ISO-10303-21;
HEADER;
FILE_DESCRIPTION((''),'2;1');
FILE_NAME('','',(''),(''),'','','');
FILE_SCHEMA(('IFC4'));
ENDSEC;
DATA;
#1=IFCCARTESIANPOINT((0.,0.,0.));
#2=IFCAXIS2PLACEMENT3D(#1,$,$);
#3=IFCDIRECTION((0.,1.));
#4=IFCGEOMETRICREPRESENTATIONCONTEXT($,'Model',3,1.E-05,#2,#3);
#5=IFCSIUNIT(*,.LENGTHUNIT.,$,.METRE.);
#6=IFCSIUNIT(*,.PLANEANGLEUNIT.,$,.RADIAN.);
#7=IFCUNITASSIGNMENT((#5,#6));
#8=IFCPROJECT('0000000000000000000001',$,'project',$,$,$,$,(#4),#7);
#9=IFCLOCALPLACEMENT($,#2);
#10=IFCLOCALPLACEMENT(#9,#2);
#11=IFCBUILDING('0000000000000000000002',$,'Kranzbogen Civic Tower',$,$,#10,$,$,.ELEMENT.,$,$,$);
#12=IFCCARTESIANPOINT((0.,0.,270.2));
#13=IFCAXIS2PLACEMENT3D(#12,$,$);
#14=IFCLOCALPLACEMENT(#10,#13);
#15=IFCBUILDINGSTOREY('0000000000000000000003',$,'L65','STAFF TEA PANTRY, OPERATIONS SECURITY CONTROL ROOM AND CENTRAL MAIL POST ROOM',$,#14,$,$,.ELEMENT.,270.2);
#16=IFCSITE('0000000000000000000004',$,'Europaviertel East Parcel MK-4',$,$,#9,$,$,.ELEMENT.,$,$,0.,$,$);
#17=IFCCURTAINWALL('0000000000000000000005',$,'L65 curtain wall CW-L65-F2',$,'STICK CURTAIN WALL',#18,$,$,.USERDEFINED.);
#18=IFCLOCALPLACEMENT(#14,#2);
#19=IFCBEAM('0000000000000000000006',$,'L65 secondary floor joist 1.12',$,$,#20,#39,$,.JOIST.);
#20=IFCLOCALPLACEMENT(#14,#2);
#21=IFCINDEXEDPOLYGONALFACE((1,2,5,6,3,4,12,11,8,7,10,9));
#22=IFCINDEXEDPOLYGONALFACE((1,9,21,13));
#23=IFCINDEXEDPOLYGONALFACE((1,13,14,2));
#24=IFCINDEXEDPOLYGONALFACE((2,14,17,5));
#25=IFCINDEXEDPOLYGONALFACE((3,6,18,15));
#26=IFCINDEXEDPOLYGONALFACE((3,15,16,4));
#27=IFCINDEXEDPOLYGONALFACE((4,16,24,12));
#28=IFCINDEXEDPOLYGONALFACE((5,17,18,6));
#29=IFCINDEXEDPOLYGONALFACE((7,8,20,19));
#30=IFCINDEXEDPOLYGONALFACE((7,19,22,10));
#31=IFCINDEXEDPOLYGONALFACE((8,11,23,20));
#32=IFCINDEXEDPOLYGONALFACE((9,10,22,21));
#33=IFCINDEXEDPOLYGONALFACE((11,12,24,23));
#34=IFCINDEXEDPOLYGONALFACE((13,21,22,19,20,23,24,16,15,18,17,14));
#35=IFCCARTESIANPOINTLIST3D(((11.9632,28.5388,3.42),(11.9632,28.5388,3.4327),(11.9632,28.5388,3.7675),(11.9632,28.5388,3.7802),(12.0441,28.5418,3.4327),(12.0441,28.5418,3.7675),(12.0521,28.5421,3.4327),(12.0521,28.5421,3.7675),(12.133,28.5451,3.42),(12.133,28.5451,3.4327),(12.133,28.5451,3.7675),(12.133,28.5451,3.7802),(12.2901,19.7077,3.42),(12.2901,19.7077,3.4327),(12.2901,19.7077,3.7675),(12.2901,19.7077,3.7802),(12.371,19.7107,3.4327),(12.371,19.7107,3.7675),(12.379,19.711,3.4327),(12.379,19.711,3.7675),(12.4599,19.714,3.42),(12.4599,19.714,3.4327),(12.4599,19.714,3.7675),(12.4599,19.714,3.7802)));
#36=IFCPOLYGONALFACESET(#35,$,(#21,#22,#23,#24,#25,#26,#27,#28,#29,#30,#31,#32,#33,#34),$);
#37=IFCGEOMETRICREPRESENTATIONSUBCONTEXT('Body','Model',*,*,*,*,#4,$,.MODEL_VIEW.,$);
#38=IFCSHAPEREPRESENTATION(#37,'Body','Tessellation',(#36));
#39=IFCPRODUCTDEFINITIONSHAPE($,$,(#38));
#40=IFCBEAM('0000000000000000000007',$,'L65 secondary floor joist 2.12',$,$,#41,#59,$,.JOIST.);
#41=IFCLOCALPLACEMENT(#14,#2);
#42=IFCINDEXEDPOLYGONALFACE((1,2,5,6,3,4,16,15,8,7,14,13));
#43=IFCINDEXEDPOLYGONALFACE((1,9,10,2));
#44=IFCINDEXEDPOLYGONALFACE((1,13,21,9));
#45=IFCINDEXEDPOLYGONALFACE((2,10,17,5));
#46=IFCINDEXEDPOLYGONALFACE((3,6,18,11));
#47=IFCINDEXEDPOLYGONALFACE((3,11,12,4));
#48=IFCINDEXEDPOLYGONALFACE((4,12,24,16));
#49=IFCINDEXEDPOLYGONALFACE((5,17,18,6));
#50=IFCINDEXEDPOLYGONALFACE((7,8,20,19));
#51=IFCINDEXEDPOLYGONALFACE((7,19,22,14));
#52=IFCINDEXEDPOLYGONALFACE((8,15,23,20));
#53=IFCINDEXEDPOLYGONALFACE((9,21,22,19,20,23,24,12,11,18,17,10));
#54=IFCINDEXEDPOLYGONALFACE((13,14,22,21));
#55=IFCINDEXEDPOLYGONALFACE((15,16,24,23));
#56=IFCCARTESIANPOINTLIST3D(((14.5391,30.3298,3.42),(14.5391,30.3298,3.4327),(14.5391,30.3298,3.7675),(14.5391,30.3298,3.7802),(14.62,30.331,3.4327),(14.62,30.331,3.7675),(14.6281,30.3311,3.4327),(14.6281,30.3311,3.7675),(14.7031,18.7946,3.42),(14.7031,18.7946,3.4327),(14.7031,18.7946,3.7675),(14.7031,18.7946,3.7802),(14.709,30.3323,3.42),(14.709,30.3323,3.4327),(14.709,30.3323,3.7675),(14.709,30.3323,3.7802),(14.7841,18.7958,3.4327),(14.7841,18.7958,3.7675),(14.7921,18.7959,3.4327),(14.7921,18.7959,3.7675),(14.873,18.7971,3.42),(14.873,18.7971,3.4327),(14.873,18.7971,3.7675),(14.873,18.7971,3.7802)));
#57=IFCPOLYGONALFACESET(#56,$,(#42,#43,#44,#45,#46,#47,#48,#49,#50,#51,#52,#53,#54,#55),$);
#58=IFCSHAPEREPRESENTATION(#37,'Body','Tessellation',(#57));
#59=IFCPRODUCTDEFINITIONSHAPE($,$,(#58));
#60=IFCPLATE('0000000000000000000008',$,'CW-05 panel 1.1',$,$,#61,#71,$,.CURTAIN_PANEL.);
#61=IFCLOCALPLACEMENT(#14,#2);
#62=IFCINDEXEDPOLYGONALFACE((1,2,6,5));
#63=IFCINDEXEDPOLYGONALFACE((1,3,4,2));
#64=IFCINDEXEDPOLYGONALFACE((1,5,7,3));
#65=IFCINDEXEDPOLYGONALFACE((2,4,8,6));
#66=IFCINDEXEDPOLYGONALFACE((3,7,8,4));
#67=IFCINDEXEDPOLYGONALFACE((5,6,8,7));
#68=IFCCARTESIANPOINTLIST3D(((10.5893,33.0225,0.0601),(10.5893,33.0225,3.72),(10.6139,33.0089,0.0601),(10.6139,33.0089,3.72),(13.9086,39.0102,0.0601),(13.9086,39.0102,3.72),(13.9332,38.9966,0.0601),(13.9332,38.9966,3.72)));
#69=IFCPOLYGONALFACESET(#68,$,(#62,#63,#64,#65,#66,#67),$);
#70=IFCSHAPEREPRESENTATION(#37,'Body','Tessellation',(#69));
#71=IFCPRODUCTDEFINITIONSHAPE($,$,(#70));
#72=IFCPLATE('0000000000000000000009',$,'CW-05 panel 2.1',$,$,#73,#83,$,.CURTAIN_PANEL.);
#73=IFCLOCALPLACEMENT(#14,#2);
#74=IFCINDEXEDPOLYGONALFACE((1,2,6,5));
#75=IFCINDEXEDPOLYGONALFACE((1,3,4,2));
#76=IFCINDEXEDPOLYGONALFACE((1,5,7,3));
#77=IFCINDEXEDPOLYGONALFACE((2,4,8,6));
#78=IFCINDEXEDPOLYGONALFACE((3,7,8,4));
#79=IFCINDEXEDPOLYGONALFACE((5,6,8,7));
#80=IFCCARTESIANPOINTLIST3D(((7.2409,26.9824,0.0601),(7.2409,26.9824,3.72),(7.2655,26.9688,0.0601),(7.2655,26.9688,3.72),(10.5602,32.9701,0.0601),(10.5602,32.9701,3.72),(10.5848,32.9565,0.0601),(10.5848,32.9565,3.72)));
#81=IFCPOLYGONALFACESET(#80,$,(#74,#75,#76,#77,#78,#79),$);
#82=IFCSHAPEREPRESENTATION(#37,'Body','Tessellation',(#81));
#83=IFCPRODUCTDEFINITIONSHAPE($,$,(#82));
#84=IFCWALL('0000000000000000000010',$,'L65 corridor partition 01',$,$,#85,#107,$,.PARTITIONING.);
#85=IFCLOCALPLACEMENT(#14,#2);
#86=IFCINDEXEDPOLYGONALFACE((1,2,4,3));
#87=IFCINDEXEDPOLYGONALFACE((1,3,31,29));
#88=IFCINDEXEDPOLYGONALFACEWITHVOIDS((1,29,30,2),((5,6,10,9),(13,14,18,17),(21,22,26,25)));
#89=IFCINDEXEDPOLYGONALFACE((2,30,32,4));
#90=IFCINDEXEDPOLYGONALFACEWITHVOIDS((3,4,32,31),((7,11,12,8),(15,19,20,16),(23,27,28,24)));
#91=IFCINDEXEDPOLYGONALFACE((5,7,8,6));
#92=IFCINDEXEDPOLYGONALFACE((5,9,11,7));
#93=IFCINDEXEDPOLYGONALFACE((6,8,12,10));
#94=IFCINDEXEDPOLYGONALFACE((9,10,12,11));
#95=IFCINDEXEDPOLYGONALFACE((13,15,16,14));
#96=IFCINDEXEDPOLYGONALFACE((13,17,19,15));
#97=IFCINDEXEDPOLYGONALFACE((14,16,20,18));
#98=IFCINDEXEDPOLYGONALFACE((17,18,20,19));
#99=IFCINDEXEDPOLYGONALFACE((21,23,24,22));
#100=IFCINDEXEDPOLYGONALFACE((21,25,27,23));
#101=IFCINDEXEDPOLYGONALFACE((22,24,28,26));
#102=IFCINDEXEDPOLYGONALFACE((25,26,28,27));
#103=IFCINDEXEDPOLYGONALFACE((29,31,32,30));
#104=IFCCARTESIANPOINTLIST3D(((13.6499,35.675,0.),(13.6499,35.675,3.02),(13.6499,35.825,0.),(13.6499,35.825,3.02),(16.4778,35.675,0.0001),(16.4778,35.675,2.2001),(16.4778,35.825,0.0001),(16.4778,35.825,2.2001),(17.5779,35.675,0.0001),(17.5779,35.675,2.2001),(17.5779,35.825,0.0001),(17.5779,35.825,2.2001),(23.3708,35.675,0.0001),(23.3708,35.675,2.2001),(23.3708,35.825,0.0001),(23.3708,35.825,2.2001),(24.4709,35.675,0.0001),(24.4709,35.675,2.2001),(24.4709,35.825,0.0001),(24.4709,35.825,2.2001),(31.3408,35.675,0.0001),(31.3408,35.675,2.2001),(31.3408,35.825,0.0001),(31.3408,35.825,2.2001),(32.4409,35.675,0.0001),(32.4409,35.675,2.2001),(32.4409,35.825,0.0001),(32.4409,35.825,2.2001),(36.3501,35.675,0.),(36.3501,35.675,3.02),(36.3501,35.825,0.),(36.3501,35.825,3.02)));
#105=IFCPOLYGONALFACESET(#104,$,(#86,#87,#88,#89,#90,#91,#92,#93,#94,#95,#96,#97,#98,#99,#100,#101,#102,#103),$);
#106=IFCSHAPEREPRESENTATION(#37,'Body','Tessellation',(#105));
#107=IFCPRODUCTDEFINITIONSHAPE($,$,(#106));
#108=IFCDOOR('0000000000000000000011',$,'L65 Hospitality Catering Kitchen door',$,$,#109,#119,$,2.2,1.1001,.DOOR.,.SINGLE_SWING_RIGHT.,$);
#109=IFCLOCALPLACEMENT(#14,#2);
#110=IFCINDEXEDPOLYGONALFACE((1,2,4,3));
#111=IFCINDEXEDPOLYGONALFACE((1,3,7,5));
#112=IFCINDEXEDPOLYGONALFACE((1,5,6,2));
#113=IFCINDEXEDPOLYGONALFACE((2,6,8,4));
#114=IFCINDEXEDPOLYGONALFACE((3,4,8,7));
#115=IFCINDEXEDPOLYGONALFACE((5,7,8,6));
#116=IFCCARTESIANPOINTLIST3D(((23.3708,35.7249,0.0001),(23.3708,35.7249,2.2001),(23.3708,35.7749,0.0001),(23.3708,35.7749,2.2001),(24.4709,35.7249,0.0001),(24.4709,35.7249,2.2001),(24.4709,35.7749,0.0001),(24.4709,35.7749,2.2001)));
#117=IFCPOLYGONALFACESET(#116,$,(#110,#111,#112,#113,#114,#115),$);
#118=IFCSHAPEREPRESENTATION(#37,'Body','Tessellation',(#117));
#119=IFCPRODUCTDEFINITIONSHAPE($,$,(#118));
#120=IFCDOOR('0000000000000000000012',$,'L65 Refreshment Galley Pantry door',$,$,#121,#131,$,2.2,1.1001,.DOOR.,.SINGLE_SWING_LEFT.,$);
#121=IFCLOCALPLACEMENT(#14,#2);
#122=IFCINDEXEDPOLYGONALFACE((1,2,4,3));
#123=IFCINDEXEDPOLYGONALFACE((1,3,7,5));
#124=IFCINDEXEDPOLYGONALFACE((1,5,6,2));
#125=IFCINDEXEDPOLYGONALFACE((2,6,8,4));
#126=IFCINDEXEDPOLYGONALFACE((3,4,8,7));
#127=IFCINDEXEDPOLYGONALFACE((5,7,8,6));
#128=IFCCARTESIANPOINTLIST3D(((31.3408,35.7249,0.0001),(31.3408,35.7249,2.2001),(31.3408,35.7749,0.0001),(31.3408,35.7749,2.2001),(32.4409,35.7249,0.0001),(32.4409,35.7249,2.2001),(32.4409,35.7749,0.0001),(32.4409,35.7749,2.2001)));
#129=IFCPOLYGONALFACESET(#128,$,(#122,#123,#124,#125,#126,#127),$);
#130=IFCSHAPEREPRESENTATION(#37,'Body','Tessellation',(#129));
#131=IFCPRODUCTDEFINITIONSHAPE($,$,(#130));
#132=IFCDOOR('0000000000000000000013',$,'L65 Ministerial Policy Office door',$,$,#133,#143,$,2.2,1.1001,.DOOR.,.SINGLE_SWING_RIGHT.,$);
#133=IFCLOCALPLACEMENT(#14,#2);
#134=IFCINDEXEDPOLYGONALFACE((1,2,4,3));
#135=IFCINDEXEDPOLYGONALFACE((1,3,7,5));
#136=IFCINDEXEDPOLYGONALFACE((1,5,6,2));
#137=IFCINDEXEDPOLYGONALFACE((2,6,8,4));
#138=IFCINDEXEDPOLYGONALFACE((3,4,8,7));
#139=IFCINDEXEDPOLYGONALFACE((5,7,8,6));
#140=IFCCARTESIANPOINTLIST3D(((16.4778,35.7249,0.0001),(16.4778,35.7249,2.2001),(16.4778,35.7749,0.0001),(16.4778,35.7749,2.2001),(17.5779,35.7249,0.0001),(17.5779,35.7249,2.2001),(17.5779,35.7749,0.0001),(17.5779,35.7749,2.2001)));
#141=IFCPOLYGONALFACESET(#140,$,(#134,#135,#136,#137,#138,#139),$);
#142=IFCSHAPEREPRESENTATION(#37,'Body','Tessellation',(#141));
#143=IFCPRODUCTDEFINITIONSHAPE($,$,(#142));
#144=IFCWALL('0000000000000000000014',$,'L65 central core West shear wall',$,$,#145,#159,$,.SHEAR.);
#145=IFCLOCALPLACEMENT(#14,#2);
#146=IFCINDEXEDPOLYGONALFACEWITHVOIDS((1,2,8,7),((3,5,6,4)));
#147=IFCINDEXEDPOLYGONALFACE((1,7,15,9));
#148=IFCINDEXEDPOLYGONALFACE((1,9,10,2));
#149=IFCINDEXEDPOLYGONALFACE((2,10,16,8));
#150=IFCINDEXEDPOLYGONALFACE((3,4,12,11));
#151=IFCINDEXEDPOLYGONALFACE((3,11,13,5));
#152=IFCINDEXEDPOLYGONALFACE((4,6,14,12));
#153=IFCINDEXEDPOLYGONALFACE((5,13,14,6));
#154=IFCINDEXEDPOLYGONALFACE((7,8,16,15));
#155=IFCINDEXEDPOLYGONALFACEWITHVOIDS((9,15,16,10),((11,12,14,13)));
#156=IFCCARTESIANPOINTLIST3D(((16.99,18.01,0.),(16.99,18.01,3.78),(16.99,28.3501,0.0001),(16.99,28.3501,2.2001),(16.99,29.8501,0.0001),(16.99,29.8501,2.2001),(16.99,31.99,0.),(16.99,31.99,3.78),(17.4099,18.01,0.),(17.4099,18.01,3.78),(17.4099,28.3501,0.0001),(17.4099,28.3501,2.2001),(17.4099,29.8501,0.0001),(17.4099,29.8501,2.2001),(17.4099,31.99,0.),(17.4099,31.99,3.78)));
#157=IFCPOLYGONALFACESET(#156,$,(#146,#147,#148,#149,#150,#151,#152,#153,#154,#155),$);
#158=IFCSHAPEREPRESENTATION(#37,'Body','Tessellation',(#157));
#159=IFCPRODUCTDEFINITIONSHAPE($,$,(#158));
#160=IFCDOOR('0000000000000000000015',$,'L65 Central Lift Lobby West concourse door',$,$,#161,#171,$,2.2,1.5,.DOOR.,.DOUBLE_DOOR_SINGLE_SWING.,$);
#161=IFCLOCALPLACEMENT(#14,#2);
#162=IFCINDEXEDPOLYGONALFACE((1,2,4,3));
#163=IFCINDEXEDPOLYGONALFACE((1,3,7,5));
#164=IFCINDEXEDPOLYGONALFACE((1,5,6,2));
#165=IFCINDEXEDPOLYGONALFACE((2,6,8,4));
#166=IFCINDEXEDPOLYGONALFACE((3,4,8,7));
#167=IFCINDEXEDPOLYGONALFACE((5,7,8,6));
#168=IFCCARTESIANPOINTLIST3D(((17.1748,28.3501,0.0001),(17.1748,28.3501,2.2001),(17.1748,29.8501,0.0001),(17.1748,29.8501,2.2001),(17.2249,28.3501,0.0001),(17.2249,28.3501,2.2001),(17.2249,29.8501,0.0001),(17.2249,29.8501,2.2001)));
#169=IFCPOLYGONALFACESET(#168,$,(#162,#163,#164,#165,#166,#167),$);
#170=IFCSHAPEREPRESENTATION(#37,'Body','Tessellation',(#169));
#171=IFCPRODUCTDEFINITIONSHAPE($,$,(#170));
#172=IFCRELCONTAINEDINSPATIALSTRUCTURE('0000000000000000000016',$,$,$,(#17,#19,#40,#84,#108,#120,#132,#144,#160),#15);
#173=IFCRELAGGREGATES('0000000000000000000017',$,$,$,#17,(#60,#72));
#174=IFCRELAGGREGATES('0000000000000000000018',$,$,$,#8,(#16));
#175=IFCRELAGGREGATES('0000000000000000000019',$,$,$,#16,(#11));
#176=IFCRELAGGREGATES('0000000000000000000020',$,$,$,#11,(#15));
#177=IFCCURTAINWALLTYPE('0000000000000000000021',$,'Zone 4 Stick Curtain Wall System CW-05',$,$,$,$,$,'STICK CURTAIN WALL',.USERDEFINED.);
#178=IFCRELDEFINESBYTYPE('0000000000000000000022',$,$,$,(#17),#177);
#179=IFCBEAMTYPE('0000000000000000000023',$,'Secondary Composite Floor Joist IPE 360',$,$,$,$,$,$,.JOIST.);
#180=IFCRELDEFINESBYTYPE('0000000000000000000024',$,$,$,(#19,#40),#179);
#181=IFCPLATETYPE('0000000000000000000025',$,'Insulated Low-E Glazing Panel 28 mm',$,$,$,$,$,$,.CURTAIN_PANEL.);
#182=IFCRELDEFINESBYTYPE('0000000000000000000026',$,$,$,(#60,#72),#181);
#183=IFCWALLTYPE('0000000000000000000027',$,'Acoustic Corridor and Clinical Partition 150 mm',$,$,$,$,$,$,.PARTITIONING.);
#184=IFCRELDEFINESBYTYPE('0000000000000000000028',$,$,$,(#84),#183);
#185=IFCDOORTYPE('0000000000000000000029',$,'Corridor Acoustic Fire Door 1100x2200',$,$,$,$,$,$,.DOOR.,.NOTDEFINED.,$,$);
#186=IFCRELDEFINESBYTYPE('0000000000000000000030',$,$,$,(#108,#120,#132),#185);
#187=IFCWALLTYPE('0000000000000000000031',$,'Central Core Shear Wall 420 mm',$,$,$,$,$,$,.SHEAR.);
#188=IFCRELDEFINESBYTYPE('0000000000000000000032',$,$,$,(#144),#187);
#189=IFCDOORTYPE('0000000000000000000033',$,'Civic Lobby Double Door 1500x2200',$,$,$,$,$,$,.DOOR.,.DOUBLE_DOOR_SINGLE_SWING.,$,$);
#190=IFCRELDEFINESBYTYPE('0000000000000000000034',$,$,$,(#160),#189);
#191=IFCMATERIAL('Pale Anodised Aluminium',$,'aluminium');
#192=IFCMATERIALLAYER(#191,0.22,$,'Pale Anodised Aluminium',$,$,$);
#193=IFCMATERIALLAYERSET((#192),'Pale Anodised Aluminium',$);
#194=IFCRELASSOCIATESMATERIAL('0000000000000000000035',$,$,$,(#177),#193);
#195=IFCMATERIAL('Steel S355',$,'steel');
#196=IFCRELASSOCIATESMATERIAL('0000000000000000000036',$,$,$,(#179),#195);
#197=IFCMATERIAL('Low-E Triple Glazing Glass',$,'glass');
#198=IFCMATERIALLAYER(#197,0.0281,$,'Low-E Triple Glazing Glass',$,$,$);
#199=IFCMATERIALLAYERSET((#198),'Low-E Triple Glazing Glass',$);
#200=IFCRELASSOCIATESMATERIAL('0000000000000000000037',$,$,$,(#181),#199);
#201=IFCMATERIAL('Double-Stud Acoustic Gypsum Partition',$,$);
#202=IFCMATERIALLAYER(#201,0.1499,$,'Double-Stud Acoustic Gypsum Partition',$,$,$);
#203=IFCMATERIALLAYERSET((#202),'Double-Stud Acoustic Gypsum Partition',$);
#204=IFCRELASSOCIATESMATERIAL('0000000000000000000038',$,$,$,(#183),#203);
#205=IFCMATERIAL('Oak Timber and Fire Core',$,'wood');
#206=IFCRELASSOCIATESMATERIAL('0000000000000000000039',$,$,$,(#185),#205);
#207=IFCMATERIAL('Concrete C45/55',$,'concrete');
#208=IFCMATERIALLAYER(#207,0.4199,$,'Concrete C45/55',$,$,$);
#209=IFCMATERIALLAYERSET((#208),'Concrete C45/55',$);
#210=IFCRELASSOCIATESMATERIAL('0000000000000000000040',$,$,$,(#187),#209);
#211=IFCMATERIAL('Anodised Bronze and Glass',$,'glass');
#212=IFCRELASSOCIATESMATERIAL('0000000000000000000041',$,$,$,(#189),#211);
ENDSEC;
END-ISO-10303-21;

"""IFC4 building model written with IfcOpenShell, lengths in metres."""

from ifc_helpers import new_model, si_unit, direction, frame, frame_2d, origin, origin_2d, place, context, subcontext, project, spatial, rectangle, i_section, extrude, material, layer, layer_set, material_profile, profile_set, type_object, element, fill, aggregate, save


model = new_model("IFC4")

# Units and contexts
model_context = context("Model", 3, precision=1e-05, world=origin(), true_north=direction((0.0, 1.0)))
body_context = subcontext(model_context, "Body", "Model", "MODEL_VIEW")
ifc_project = project(units=[si_unit("LENGTHUNIT", "METRE"), si_unit("PLANEANGLEUNIT", "RADIAN")], contexts=[model_context])

# Site, building, storey
site_placement = place(None, origin())
site = spatial("IfcSite", under=ifc_project, at=site_placement, Name="Europaviertel East Parcel MK-4", CompositionType="ELEMENT", RefElevation=0.0)
building_placement = place(site_placement, origin())
building = spatial("IfcBuilding", under=site, at=building_placement, Name="Kranzbogen Civic Tower", CompositionType="ELEMENT")
storey_placement = place(building_placement, frame((0.0, 0.0, 270.2)))
storey = spatial("IfcBuildingStorey", under=building, at=storey_placement, Name="L65", Description="STAFF TEA PANTRY, OPERATIONS SECURITY CONTROL ROOM AND CENTRAL MAIL POST ROOM", CompositionType="ELEMENT", Elevation=270.2)

# Shared definitions
ifc_material_1 = material(Name="Steel S355", Category="steel")

# Shared definitions
ifc_material_2 = material(Name="Pale Anodised Aluminium", Category="aluminium")
ifc_layer_1 = layer(ifc_material_2, 0.22, Name="Pale Anodised Aluminium")
ifc_layer_set_1 = layer_set([ifc_layer_1], Name="Pale Anodised Aluminium")
curtain_wall_type = type_object("IfcCurtainWallType", Name="Zone 4 Stick Curtain Wall System CW-05", ElementType="STICK CURTAIN WALL", PredefinedType="USERDEFINED", material=ifc_layer_set_1)

# Curtain wall
curtain_wall_1_placement = place(storey_placement, origin())
curtain_wall_1 = element("IfcCurtainWall", 1, at=curtain_wall_1_placement, inside=storey, type_object=curtain_wall_type, Name="L65 curtain wall CW-L65-F2", ObjectType="STICK CURTAIN WALL", PredefinedType="USERDEFINED")

# Beams
ifc_material_profile_1 = material_profile(ifc_material_1, i_section(OverallWidth=0.1699, OverallDepth=0.3601, WebThickness=0.0081, FlangeThickness=0.0127, at=origin_2d()), Name="IPE 360")
ifc_profile_set_1 = profile_set([ifc_material_profile_1], Name="Steel S355")
beam_type_1 = type_object("IfcBeamType", Name="Secondary Composite Floor Joist IPE 360", PredefinedType="JOIST", material=ifc_profile_set_1)
beam_1_placement = place(storey_placement, frame((12.0481, 28.542, 3.6001), z_axis=(0.036992, -0.999316, 0.0), x_axis=(0.999316, 0.036992, 0.0)))
element("IfcBeam", 2, at=beam_1_placement, inside=storey, type_object=beam_type_1, Name="L65 secondary floor joist 1.12", PredefinedType="JOIST", context=body_context, shape_type="SweptSolid", body=[
    extrude(i_section(OverallWidth=0.1699, OverallDepth=0.3601, WebThickness=0.0081, FlangeThickness=0.0127, at=origin_2d()), origin(), (0.0, 0.0, 1.0), 8.8372),
])
beam_2_placement = place(storey_placement, frame((14.624, 30.3311, 3.6001), z_axis=(0.014221, -0.999899, 0.0), x_axis=(0.999899, 0.014221, 0.0)))
element("IfcBeam", 3, at=beam_2_placement, inside=storey, type_object=beam_type_1, Name="L65 secondary floor joist 2.12", PredefinedType="JOIST", context=body_context, shape_type="SweptSolid", body=[
    extrude(i_section(OverallWidth=0.1699, OverallDepth=0.3601, WebThickness=0.0081, FlangeThickness=0.0127, at=origin_2d()), origin(), (0.0, 0.0, 1.0), 11.5364),
])

# Plates
ifc_material_3 = material(Name="Low-E Triple Glazing Glass", Category="glass")
ifc_layer_2 = layer(ifc_material_3, 0.0281, Name="Low-E Triple Glazing Glass")
ifc_layer_set_2 = layer_set([ifc_layer_2], Name="Low-E Triple Glazing Glass")
plate_type = type_object("IfcPlateType", Name="Insulated Low-E Glazing Panel 28 mm", PredefinedType="CURTAIN_PANEL", material=ifc_layer_set_2)
plate_1_placement = place(storey_placement, frame((12.2612, 36.0095, 0.0601), z_axis=(0.0, 0.0, 1.0), x_axis=(-0.484841, -0.874602, 0.0)))
plate_1 = element("IfcPlate", 4, at=plate_1_placement, type_object=plate_type, Name="CW-05 panel 1.1", PredefinedType="CURTAIN_PANEL", context=body_context, shape_type="SweptSolid", body=[
    extrude(rectangle(XDim=6.8462, YDim=0.0281, at=origin_2d()), origin(), (0.0, 0.0, 1.0), 3.6599),
])
plate_2_placement = place(storey_placement, frame((8.9128, 29.9695, 0.0601), z_axis=(0.0, 0.0, 1.0), x_axis=(-0.484841, -0.874602, 0.0)))
plate_2 = element("IfcPlate", 5, at=plate_2_placement, type_object=plate_type, Name="CW-05 panel 2.1", PredefinedType="CURTAIN_PANEL", context=body_context, shape_type="SweptSolid", body=[
    extrude(rectangle(XDim=6.8462, YDim=0.0281, at=origin_2d()), origin(), (0.0, 0.0, 1.0), 3.6599),
])
aggregate(curtain_wall_1, [plate_1, plate_2])

# Wall, openings, doors
ifc_material_4 = material(Name="Double-Stud Acoustic Gypsum Partition")
ifc_layer_3 = layer(ifc_material_4, 0.1499, Name="Double-Stud Acoustic Gypsum Partition")
ifc_layer_set_3 = layer_set([ifc_layer_3], Name="Double-Stud Acoustic Gypsum Partition")
wall_type_1 = type_object("IfcWallType", Name="Acoustic Corridor and Clinical Partition 150 mm", PredefinedType="PARTITIONING", material=ifc_layer_set_3)
wall_1_placement = place(storey_placement, frame((13.6499, 35.75, 0.0), z_axis=(0.0, 0.0, 1.0), x_axis=(1.0, 0.0, 0.0)))
wall_1 = element("IfcWall", 6, at=wall_1_placement, inside=storey, type_object=wall_type_1, Name="L65 corridor partition 01", PredefinedType="PARTITIONING", context=body_context, shape_type="SweptSolid", body=[
    extrude(rectangle(XDim=22.7002, YDim=0.1499, at=frame_2d((11.3501, 0.0))), origin(), (0.0, 0.0, 1.0), 3.02),
])
opening_1_placement = place(wall_1_placement, frame((9.7209, 0.0, 0.0)))
opening_1 = element("IfcOpeningElement", 7, at=opening_1_placement, cuts=wall_1, PredefinedType="OPENING", context=body_context, shape_type="SweptSolid", body=[
    extrude(rectangle(XDim=1.1001, YDim=2.2, at=frame_2d((0.55, 1.1001))), frame((0.0, 0.085, 0.0), z_axis=(0.0, -1.0, 0.0), x_axis=(1.0, 0.0, 0.0)), (0.0, 0.0, 1.0), 0.1699),
])
opening_2_placement = place(wall_1_placement, frame((17.6909, 0.0, 0.0)))
opening_2 = element("IfcOpeningElement", 8, at=opening_2_placement, cuts=wall_1, PredefinedType="OPENING", context=body_context, shape_type="SweptSolid", body=[
    extrude(rectangle(XDim=1.1001, YDim=2.2, at=frame_2d((0.55, 1.1001))), frame((0.0, 0.085, 0.0), z_axis=(0.0, -1.0, 0.0), x_axis=(1.0, 0.0, 0.0)), (0.0, 0.0, 1.0), 0.1699),
])
opening_3_placement = place(wall_1_placement, frame((2.8279, 0.0, 0.0)))
opening_3 = element("IfcOpeningElement", 9, at=opening_3_placement, cuts=wall_1, PredefinedType="OPENING", context=body_context, shape_type="SweptSolid", body=[
    extrude(rectangle(XDim=1.1001, YDim=2.2, at=frame_2d((0.55, 1.1001))), frame((0.0, 0.085, 0.0), z_axis=(0.0, -1.0, 0.0), x_axis=(1.0, 0.0, 0.0)), (0.0, 0.0, 1.0), 0.1699),
])
ifc_material_5 = material(Name="Oak Timber and Fire Core", Category="wood")
door_type_1 = type_object("IfcDoorType", Name="Corridor Acoustic Fire Door 1100x2200", OperationType="NOTDEFINED", PredefinedType="DOOR", material=ifc_material_5)
door_1_placement = place(opening_1_placement, origin())
door_1 = element("IfcDoor", 10, at=door_1_placement, inside=storey, type_object=door_type_1, Name="L65 Hospitality Catering Kitchen door", OperationType="SINGLE_SWING_RIGHT", OverallHeight=2.2, OverallWidth=1.1001, PredefinedType="DOOR", context=body_context, shape_type="SweptSolid", body=[
    extrude(rectangle(XDim=1.1001, YDim=2.2, at=frame_2d((0.55, 1.1001))), frame((0.0, 0.0249, 0.0), z_axis=(0.0, -1.0, 0.0), x_axis=(1.0, 0.0, 0.0)), (0.0, 0.0, 1.0), 0.05),
])
fill(opening_1, door_1)
door_2_placement = place(opening_2_placement, origin())
door_2 = element("IfcDoor", 11, at=door_2_placement, inside=storey, type_object=door_type_1, Name="L65 Refreshment Galley Pantry door", OperationType="SINGLE_SWING_LEFT", OverallHeight=2.2, OverallWidth=1.1001, PredefinedType="DOOR", context=body_context, shape_type="SweptSolid", body=[
    extrude(rectangle(XDim=1.1001, YDim=2.2, at=frame_2d((0.55, 1.1001))), frame((0.0, 0.0249, 0.0), z_axis=(0.0, -1.0, 0.0), x_axis=(1.0, 0.0, 0.0)), (0.0, 0.0, 1.0), 0.05),
])
fill(opening_2, door_2)
door_3_placement = place(opening_3_placement, origin())
door_3 = element("IfcDoor", 12, at=door_3_placement, inside=storey, type_object=door_type_1, Name="L65 Ministerial Policy Office door", OperationType="SINGLE_SWING_RIGHT", OverallHeight=2.2, OverallWidth=1.1001, PredefinedType="DOOR", context=body_context, shape_type="SweptSolid", body=[
    extrude(rectangle(XDim=1.1001, YDim=2.2, at=frame_2d((0.55, 1.1001))), frame((0.0, 0.0249, 0.0), z_axis=(0.0, -1.0, 0.0), x_axis=(1.0, 0.0, 0.0)), (0.0, 0.0, 1.0), 0.05),
])
fill(opening_3, door_3)

# Wall, opening, door
ifc_material_6 = material(Name="Concrete C45/55", Category="concrete")
ifc_layer_4 = layer(ifc_material_6, 0.4199, Name="Concrete C45/55")
ifc_layer_set_4 = layer_set([ifc_layer_4], Name="Concrete C45/55")
wall_type_2 = type_object("IfcWallType", Name="Central Core Shear Wall 420 mm", PredefinedType="SHEAR", material=ifc_layer_set_4)
wall_2_placement = place(storey_placement, frame((17.2, 31.99, 0.0), z_axis=(0.0, 0.0, 1.0), x_axis=(0.0, -1.0, 0.0)))
wall_2 = element("IfcWall", 13, at=wall_2_placement, inside=storey, type_object=wall_type_2, Name="L65 central core West shear wall", PredefinedType="SHEAR", context=body_context, shape_type="SweptSolid", body=[
    extrude(rectangle(XDim=13.98, YDim=0.4199, at=frame_2d((6.99, 0.0))), origin(), (0.0, 0.0, 1.0), 3.78),
])
opening_4_placement = place(wall_2_placement, frame((2.1399, 0.0, 0.0)))
opening_4 = element("IfcOpeningElement", 14, at=opening_4_placement, cuts=wall_2, PredefinedType="OPENING", context=body_context, shape_type="SweptSolid", body=[
    extrude(rectangle(XDim=1.5, YDim=2.2, at=frame_2d((0.75, 1.1001))), frame((0.0, 0.22, 0.0), z_axis=(0.0, -1.0, 0.0), x_axis=(1.0, 0.0, 0.0)), (0.0, 0.0, 1.0), 0.4399),
])
ifc_material_7 = material(Name="Anodised Bronze and Glass", Category="glass")
door_type_2 = type_object("IfcDoorType", Name="Civic Lobby Double Door 1500x2200", OperationType="DOUBLE_DOOR_SINGLE_SWING", PredefinedType="DOOR", material=ifc_material_7)
door_4_placement = place(opening_4_placement, origin())
door_4 = element("IfcDoor", 15, at=door_4_placement, inside=storey, type_object=door_type_2, Name="L65 Central Lift Lobby West concourse door", OperationType="DOUBLE_DOOR_SINGLE_SWING", OverallHeight=2.2, OverallWidth=1.5, PredefinedType="DOOR", context=body_context, shape_type="SweptSolid", body=[
    extrude(rectangle(XDim=1.5, YDim=2.2, at=frame_2d((0.75, 1.1001))), frame((0.0, 0.0249, 0.0), z_axis=(0.0, -1.0, 0.0), x_axis=(1.0, 0.0, 0.0)), (0.0, 0.0, 1.0), 0.05),
])
fill(opening_4, door_4)

save(model, "model.ifc")
